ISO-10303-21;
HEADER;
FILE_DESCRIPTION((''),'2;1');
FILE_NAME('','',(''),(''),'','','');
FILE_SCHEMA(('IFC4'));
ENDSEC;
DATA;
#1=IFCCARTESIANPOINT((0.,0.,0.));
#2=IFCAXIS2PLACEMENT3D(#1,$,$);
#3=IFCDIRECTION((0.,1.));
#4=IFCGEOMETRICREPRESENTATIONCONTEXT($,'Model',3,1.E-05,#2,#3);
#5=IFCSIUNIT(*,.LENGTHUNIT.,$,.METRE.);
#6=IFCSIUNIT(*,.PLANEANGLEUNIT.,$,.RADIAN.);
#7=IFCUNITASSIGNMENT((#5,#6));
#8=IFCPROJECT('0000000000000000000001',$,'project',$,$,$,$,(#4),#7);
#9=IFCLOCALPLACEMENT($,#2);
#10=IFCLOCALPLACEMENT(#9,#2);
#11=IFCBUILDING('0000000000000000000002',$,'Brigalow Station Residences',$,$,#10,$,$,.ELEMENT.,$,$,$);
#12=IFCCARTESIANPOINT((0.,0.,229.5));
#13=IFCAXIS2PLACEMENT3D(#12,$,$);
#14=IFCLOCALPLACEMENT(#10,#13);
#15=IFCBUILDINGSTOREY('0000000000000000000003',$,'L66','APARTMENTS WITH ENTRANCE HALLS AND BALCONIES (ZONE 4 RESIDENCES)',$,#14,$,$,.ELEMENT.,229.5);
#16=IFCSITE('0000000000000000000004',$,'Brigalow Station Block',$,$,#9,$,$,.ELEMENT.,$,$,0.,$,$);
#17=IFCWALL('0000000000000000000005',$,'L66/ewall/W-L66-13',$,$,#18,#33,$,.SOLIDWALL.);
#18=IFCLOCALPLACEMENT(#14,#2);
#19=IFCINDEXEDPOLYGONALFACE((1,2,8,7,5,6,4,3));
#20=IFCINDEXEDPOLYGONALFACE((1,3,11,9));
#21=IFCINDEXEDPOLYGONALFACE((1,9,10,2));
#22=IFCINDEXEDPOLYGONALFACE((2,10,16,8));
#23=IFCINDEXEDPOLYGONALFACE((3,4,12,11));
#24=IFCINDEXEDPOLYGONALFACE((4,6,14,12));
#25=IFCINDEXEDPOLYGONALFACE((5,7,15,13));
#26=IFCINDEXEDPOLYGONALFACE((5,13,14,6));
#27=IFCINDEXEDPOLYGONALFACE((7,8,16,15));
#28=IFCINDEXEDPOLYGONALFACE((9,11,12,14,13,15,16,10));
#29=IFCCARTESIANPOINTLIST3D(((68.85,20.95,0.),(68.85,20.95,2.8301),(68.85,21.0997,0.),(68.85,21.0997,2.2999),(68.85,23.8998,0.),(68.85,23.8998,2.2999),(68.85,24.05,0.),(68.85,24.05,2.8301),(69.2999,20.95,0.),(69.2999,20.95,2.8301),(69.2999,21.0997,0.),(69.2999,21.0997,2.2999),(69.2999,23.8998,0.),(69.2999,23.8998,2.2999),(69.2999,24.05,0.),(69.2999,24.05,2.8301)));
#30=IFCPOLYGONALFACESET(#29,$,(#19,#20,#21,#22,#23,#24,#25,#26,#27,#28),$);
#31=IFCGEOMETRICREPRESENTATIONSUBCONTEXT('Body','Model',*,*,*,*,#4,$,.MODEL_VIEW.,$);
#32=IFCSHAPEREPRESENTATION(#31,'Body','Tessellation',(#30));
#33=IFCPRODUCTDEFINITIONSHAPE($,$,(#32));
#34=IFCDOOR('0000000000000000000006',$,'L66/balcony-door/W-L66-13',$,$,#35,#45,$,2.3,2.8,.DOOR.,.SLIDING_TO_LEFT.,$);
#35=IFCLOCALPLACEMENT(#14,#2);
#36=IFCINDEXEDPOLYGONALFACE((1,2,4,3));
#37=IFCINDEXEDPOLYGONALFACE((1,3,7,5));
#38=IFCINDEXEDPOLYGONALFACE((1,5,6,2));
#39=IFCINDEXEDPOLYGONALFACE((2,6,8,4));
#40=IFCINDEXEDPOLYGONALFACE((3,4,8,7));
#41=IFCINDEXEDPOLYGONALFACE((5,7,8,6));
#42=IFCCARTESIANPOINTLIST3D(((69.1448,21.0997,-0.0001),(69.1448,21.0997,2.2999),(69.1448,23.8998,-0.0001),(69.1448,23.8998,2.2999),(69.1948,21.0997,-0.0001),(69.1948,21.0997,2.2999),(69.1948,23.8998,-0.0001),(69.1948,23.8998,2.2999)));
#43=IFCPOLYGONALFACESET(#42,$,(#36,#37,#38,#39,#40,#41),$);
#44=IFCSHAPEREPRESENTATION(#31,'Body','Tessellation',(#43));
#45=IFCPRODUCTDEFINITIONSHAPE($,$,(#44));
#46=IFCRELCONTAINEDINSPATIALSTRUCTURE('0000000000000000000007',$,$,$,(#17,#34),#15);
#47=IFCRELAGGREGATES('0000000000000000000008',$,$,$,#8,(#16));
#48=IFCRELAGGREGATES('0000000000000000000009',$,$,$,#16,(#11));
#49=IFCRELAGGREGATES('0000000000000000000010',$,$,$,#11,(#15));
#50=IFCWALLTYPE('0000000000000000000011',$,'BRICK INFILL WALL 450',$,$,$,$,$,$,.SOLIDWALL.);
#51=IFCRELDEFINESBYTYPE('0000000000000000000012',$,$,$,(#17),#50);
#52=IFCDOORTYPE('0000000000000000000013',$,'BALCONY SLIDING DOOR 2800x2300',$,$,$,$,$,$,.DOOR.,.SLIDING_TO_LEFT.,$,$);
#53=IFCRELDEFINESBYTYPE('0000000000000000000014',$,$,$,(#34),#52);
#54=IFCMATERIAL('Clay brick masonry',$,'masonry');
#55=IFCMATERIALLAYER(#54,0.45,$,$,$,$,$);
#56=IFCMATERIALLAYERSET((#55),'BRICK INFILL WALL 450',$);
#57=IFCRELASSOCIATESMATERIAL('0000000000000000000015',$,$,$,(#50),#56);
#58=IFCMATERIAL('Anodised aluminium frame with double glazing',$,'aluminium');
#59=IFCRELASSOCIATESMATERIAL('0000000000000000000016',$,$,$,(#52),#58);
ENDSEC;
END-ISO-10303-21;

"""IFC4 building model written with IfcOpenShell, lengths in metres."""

from ifc_helpers import new_model, si_unit, direction, frame, frame_2d, origin, place, context, subcontext, project, spatial, rectangle, extrude, material, layer, layer_set, type_object, element, fill, save


model = new_model("IFC4")

# Units and contexts
model_context = context("Model", 3, precision=1e-05, world=origin(), true_north=direction((0.0, 1.0)))
body_context = subcontext(model_context, "Body", "Model", "MODEL_VIEW")
ifc_project = project(units=[si_unit("LENGTHUNIT", "METRE"), si_unit("PLANEANGLEUNIT", "RADIAN")], contexts=[model_context])

# Site, building, storey
site_placement = place(None, origin())
site = spatial("IfcSite", under=ifc_project, at=site_placement, Name="Brigalow Station Block", CompositionType="ELEMENT", RefElevation=0.0)
building_placement = place(site_placement, origin())
building = spatial("IfcBuilding", under=site, at=building_placement, Name="Brigalow Station Residences", CompositionType="ELEMENT")
storey_placement = place(building_placement, frame((0.0, 0.0, 229.5)))
storey = spatial("IfcBuildingStorey", under=building, at=storey_placement, Name="L66", Description="APARTMENTS WITH ENTRANCE HALLS AND BALCONIES (ZONE 4 RESIDENCES)", CompositionType="ELEMENT", Elevation=229.5)

# Shared definitions
ifc_material_1 = material(Name="Clay brick masonry", Category="masonry")
ifc_layer = layer(ifc_material_1, 0.45)
ifc_layer_set = layer_set([ifc_layer], Name="BRICK INFILL WALL 450")
wall_type = type_object("IfcWallType", Name="BRICK INFILL WALL 450", PredefinedType="SOLIDWALL", material=ifc_layer_set)

# Wall, opening, door
ifc_material_2 = material(Name="Anodised aluminium frame with double glazing", Category="aluminium")
door_type = type_object("IfcDoorType", Name="BALCONY SLIDING DOOR 2800x2300", OperationType="SLIDING_TO_LEFT", PredefinedType="DOOR", material=ifc_material_2)
wall_1_placement = place(storey_placement, frame((69.075, 20.95, 0.0), z_axis=(0.0, 0.0, 1.0), x_axis=(0.0, 1.0, 0.0)))
wall_1 = element("IfcWall", 1, at=wall_1_placement, inside=storey, type_object=wall_type, Name="L66/ewall/W-L66-13", PredefinedType="SOLIDWALL", context=body_context, shape_type="SweptSolid", body=[
    extrude(rectangle(XDim=3.1001, YDim=0.45, at=frame_2d((1.55, 0.0))), origin(), (0.0, 0.0, 1.0), 2.8301),
])
opening_1_placement = place(wall_1_placement, frame((0.1499, 0.0, 0.0)))
opening_1 = element("IfcOpeningElement", 2, at=opening_1_placement, cuts=wall_1, PredefinedType="OPENING", context=body_context, shape_type="SweptSolid", body=[
    extrude(rectangle(XDim=2.8, YDim=2.3, at=frame_2d((1.3999, 1.1499))), frame((0.0, 0.2349, 0.0), z_axis=(0.0, -1.0, 0.0), x_axis=(1.0, 0.0, 0.0)), (0.0, 0.0, 1.0), 0.47),
])
door_1_placement = place(opening_1_placement, origin())
door_1 = element("IfcDoor", 3, at=door_1_placement, inside=storey, type_object=door_type, Name="L66/balcony-door/W-L66-13", OperationType="SLIDING_TO_LEFT", OverallHeight=2.3, OverallWidth=2.8, PredefinedType="DOOR", context=body_context, shape_type="SweptSolid", body=[
    extrude(rectangle(XDim=2.8, YDim=2.3, at=frame_2d((1.3999, 1.1499))), frame((0.0, -0.0698, 0.0), z_axis=(0.0, -1.0, 0.0), x_axis=(1.0, 0.0, 0.0)), (0.0, 0.0, 1.0), 0.05),
])
fill(opening_1, door_1)

save(model, "model.ifc")
